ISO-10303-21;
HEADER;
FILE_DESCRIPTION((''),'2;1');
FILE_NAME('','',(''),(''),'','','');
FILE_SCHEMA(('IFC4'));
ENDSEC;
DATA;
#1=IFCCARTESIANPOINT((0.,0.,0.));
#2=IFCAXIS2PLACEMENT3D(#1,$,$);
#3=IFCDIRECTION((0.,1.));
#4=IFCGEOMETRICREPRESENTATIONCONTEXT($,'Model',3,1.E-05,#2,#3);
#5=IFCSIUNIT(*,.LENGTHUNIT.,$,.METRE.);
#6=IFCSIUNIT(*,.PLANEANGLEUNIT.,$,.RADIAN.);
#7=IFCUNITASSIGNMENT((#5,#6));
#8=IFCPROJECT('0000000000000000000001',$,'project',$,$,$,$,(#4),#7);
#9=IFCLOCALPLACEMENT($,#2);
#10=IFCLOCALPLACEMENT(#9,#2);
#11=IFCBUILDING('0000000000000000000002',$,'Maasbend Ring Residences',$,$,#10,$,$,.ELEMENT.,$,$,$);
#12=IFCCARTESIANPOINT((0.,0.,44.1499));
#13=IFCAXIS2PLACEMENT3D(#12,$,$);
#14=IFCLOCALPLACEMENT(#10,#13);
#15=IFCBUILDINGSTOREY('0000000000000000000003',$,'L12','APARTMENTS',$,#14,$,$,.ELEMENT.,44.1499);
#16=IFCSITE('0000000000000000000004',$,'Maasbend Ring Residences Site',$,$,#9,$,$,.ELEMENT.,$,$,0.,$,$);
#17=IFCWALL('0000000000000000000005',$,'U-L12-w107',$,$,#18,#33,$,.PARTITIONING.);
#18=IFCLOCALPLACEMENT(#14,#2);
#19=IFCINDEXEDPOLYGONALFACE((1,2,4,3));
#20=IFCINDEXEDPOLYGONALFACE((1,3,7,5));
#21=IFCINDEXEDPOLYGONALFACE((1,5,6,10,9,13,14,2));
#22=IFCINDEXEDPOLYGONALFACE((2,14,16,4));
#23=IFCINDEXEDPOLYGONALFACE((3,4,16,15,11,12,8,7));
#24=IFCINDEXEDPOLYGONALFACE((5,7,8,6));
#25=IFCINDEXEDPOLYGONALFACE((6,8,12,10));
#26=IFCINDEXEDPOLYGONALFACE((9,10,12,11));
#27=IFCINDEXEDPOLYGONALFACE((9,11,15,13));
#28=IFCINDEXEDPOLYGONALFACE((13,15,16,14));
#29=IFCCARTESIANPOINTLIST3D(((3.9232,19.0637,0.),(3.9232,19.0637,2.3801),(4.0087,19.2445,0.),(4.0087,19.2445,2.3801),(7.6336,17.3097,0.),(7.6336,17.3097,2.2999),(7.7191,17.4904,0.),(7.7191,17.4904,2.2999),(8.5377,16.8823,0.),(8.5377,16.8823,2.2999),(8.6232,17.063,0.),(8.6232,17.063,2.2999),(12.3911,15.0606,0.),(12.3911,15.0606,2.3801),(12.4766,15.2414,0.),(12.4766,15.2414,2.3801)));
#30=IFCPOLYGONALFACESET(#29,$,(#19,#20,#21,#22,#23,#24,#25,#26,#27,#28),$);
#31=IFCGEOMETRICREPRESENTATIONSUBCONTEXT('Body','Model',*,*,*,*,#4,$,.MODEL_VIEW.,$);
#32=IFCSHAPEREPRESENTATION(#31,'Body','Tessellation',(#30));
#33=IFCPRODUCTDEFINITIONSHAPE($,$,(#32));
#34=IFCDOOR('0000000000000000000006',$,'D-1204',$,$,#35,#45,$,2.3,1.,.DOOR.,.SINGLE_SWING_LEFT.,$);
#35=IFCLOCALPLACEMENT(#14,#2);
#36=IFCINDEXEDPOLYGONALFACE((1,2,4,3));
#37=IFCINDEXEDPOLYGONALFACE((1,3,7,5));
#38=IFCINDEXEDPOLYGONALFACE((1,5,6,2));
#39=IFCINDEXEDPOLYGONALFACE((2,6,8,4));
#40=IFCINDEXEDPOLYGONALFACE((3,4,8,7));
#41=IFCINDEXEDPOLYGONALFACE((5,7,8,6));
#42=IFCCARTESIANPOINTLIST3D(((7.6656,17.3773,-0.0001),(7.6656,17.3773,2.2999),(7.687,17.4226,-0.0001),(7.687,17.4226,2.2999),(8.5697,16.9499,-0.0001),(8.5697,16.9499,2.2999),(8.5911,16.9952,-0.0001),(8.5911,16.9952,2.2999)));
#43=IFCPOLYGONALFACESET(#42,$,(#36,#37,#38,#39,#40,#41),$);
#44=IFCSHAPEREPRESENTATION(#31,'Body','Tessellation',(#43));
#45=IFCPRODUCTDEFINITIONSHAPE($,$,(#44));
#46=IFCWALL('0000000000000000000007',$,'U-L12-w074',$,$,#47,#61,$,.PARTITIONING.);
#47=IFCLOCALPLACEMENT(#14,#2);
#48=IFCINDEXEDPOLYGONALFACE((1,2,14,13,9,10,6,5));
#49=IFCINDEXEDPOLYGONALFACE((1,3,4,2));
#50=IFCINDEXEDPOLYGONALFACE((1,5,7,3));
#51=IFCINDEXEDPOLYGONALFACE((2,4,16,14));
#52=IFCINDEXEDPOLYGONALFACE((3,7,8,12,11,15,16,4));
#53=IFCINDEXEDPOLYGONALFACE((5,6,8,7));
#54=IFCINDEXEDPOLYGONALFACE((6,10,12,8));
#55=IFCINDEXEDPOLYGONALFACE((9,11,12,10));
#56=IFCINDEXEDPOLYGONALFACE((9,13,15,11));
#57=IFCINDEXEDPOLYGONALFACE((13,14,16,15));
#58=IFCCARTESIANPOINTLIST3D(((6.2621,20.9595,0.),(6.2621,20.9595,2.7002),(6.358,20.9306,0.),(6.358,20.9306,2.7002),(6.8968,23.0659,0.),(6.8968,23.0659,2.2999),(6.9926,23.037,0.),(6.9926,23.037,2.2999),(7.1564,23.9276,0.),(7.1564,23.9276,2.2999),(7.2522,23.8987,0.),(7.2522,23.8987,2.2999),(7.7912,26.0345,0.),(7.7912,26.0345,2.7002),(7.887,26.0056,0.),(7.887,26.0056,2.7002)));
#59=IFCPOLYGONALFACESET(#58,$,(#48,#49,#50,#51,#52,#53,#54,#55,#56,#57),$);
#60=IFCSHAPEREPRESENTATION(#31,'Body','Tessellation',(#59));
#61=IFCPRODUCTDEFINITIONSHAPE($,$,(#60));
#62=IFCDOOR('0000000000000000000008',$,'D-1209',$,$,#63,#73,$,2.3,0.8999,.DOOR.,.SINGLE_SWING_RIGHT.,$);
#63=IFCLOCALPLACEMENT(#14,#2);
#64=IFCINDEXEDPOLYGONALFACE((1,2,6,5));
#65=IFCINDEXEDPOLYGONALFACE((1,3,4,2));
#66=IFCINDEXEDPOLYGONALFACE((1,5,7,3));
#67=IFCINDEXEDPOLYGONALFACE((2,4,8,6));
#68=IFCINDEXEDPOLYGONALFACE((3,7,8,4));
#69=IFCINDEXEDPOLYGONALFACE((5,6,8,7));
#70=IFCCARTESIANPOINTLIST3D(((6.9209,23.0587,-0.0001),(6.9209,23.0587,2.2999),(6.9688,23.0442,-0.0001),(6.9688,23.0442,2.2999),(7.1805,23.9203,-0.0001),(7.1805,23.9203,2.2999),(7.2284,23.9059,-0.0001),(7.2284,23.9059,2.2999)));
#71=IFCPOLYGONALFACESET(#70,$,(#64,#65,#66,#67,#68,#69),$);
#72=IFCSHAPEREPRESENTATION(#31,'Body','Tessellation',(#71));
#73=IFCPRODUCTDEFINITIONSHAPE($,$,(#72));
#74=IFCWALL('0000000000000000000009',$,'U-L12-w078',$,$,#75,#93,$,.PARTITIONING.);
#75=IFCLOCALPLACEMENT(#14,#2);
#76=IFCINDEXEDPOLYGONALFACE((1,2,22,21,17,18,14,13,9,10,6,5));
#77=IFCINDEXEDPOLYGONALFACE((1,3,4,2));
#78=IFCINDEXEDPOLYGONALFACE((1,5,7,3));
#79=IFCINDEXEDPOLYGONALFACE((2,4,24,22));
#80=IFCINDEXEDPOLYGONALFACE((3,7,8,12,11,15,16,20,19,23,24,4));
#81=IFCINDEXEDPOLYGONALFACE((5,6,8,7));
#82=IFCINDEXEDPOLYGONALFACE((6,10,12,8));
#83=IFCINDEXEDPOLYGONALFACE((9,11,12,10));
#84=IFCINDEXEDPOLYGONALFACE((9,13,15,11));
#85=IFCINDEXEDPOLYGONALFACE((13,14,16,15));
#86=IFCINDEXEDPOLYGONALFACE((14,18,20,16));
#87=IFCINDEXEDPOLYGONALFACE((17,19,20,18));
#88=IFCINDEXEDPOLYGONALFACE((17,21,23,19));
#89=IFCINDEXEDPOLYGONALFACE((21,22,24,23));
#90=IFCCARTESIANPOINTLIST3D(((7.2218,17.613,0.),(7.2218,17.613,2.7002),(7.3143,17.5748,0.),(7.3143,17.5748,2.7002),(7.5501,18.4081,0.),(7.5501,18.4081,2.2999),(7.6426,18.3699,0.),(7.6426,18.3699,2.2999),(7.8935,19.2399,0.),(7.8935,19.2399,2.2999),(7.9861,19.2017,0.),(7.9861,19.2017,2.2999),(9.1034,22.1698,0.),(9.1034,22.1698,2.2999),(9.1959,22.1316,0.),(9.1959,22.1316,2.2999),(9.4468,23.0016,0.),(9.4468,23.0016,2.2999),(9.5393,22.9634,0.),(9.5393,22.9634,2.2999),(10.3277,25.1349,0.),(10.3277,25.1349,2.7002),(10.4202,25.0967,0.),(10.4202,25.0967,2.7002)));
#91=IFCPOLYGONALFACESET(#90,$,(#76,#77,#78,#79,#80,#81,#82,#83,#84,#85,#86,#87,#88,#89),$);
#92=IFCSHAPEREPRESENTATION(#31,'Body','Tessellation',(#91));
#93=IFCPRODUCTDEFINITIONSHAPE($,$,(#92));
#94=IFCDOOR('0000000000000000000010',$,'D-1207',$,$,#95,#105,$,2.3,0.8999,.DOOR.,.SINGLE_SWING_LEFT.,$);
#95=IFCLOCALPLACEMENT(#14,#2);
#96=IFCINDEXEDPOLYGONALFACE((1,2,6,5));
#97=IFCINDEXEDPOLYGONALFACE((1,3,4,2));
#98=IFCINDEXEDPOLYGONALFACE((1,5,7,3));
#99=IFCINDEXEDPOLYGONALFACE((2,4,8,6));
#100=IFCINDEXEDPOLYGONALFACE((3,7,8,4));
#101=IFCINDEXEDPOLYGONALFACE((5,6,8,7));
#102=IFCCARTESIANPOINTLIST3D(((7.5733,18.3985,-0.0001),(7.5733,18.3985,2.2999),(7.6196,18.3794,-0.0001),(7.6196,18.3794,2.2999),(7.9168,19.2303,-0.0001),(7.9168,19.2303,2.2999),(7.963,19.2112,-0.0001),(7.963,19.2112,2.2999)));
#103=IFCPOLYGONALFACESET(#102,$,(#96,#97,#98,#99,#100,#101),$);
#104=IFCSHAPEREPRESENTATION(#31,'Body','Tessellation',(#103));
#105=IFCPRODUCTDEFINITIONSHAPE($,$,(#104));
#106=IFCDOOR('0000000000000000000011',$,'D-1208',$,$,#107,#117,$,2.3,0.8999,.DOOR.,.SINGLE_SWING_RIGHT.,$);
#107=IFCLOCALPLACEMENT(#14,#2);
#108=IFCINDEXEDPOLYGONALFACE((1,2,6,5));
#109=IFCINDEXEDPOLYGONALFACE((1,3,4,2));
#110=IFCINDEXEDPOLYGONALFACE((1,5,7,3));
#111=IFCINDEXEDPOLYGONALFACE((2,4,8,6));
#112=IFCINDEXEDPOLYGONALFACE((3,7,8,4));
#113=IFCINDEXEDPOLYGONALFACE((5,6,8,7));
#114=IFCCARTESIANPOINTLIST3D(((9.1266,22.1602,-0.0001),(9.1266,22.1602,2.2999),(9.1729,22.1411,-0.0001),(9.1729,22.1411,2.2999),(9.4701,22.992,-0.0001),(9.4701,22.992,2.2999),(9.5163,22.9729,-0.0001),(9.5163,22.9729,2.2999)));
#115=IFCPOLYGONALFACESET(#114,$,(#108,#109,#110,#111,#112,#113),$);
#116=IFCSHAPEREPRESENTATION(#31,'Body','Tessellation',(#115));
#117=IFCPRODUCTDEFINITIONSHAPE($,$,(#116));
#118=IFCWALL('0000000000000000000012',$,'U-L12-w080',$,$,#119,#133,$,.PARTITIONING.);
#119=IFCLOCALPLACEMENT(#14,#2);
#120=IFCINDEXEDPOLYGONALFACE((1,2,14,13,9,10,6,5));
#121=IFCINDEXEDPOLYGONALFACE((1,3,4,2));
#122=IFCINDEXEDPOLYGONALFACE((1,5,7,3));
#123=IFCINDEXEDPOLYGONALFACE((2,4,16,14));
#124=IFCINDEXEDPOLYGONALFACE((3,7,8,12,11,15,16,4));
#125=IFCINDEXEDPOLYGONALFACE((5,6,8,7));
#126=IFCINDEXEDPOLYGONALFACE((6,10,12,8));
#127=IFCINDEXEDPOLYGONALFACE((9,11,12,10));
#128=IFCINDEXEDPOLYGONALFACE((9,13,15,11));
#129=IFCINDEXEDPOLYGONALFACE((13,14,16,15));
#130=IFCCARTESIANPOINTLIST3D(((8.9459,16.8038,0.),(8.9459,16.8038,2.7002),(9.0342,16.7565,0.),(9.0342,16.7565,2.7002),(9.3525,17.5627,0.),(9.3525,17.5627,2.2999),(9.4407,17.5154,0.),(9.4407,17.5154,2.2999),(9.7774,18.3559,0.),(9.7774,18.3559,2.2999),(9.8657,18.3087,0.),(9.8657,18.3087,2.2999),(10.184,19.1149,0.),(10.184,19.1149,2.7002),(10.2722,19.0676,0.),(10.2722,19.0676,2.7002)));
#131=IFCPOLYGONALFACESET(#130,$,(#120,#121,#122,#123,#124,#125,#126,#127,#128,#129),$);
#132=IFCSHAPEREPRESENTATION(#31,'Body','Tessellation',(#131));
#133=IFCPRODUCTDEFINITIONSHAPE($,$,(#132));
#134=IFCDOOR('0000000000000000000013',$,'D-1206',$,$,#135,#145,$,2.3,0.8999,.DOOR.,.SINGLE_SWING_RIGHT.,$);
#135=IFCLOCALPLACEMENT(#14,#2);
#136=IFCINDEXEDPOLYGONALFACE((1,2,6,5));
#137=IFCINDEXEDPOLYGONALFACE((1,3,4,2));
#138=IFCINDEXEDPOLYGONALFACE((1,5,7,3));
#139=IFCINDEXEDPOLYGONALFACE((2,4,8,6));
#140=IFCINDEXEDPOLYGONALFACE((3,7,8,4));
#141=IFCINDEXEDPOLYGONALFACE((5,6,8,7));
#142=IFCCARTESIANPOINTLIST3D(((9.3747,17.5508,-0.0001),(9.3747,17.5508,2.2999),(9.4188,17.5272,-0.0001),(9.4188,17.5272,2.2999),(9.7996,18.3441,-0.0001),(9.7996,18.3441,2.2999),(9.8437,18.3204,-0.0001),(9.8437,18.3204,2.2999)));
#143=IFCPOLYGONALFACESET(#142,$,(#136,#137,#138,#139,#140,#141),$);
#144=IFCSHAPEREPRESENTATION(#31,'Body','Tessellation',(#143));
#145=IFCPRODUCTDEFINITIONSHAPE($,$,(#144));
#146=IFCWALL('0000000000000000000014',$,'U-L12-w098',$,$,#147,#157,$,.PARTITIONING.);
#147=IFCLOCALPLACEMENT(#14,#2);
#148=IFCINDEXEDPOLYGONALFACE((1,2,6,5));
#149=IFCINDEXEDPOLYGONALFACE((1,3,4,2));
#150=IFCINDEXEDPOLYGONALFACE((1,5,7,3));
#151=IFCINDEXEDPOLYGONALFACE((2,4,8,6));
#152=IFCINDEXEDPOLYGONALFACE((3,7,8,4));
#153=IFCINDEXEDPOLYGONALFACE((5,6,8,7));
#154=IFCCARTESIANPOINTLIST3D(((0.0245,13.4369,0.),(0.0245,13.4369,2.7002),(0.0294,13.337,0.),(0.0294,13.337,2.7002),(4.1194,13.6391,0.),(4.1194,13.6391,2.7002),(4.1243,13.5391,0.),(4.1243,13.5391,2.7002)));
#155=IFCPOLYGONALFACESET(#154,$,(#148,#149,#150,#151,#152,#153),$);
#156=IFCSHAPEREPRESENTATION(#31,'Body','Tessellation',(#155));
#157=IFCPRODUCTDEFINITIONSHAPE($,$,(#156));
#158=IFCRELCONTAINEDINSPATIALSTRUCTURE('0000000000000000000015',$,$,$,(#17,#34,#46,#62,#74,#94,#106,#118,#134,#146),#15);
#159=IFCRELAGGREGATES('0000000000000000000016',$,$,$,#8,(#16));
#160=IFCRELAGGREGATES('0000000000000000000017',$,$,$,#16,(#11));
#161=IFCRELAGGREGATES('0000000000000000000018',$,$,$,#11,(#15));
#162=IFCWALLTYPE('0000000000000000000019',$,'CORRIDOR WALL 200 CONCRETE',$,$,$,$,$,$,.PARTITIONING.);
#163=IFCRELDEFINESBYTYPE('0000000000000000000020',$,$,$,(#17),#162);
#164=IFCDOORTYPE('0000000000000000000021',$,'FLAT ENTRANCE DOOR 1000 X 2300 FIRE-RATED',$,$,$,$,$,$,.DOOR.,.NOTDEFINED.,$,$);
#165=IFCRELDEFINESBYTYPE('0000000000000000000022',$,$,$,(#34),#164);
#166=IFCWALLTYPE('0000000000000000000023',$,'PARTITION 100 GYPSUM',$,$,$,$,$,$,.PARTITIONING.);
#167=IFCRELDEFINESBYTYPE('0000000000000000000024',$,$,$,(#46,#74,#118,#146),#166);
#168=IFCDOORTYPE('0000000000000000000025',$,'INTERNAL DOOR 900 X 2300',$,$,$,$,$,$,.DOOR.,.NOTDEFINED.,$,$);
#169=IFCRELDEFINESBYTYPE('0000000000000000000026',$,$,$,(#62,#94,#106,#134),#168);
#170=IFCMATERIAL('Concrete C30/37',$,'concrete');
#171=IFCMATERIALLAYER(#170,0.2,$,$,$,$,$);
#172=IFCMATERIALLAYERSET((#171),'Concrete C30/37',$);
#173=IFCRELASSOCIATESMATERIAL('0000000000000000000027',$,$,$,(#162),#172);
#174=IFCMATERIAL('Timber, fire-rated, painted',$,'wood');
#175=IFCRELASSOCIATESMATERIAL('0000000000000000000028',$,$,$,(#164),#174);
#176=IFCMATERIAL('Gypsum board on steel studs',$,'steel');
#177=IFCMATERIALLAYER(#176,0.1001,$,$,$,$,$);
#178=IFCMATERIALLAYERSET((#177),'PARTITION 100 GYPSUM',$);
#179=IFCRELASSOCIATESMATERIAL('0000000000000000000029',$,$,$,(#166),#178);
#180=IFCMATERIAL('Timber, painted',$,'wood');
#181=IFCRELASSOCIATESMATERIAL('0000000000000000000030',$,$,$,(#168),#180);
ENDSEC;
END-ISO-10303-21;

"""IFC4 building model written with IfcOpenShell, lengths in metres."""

from ifc_helpers import new_model, si_unit, direction, frame, frame_2d, origin, place, context, subcontext, project, spatial, rectangle, extrude, material, layer, layer_set, type_object, element, fill, save


model = new_model("IFC4")

# Units and contexts
model_context = context("Model", 3, precision=1e-05, world=origin(), true_north=direction((0.0, 1.0)))
body_context = subcontext(model_context, "Body", "Model", "MODEL_VIEW")
ifc_project = project(units=[si_unit("LENGTHUNIT", "METRE"), si_unit("PLANEANGLEUNIT", "RADIAN")], contexts=[model_context])

# Site, building, storey
site_placement = place(None, origin())
site = spatial("IfcSite", under=ifc_project, at=site_placement, Name="Maasbend Ring Residences Site", CompositionType="ELEMENT", RefElevation=0.0)
building_placement = place(site_placement, origin())
building = spatial("IfcBuilding", under=site, at=building_placement, Name="Maasbend Ring Residences", CompositionType="ELEMENT")
storey_placement = place(building_placement, frame((0.0, 0.0, 44.1499)))
storey = spatial("IfcBuildingStorey", under=building, at=storey_placement, Name="L12", Description="APARTMENTS", CompositionType="ELEMENT", Elevation=44.1499)

# Walls, openings, doors
ifc_material_1 = material(Name="Concrete C30/37", Category="concrete")
ifc_layer_1 = layer(ifc_material_1, 0.2)
ifc_layer_set_1 = layer_set([ifc_layer_1], Name="Concrete C30/37")
wall_type_1 = type_object("IfcWallType", Name="CORRIDOR WALL 200 CONCRETE", PredefinedType="PARTITIONING", material=ifc_layer_set_1)
ifc_material_2 = material(Name="Timber, fire-rated, painted", Category="wood")
door_type_1 = type_object("IfcDoorType", Name="FLAT ENTRANCE DOOR 1000 X 2300 FIRE-RATED", OperationType="NOTDEFINED", PredefinedType="DOOR", material=ifc_material_2)
wall_1_placement = place(storey_placement, frame((3.9661, 19.1541, 0.0), z_axis=(0.0, 0.0, 1.0), x_axis=(0.904068, -0.427389, 0.0)))
wall_1 = element("IfcWall", 1, at=wall_1_placement, inside=storey, type_object=wall_type_1, Name="U-L12-w107", PredefinedType="PARTITIONING", context=body_context, shape_type="SweptSolid", body=[
    extrude(rectangle(XDim=9.3665, YDim=0.2, at=frame_2d((4.6831, 0.0))), origin(), (0.0, 0.0, 1.0), 2.3801),
])
opening_1_placement = place(wall_1_placement, frame((4.104, 0.0, 0.0)))
opening_1 = element("IfcOpeningElement", 2, at=opening_1_placement, cuts=wall_1, PredefinedType="OPENING", context=body_context, shape_type="SweptSolid", body=[
    extrude(rectangle(XDim=1.0, YDim=2.3, at=frame_2d((0.5, 1.1499))), frame((0.0, 0.1099, 0.0), z_axis=(0.0, -1.0, 0.0), x_axis=(1.0, 0.0, 0.0)), (0.0, 0.0, 1.0), 0.22),
])
door_1_placement = place(opening_1_placement, origin())
door_1 = element("IfcDoor", 3, at=door_1_placement, inside=storey, type_object=door_type_1, Name="D-1204", OperationType="SINGLE_SWING_LEFT", OverallHeight=2.3, OverallWidth=1.0, PredefinedType="DOOR", context=body_context, shape_type="SweptSolid", body=[
    extrude(rectangle(XDim=1.0, YDim=2.3, at=frame_2d((0.5, 1.1499))), frame((0.0, 0.0249, 0.0), z_axis=(0.0, -1.0, 0.0), x_axis=(1.0, 0.0, 0.0)), (0.0, 0.0, 1.0), 0.05),
])
fill(opening_1, door_1)
ifc_material_3 = material(Name="Gypsum board on steel studs", Category="steel")
ifc_layer_2 = layer(ifc_material_3, 0.1001)
ifc_layer_set_2 = layer_set([ifc_layer_2], Name="PARTITION 100 GYPSUM")
wall_type_2 = type_object("IfcWallType", Name="PARTITION 100 GYPSUM", PredefinedType="PARTITIONING", material=ifc_layer_set_2)
wall_2_placement = place(storey_placement, frame((6.3101, 20.9451, 0.0), z_axis=(0.0, 0.0, 1.0), x_axis=(0.288484, 0.957485, 0.0)))
wall_2 = element("IfcWall", 4, at=wall_2_placement, inside=storey, type_object=wall_type_2, Name="U-L12-w074", PredefinedType="PARTITIONING", context=body_context, shape_type="SweptSolid", body=[
    extrude(rectangle(XDim=5.3003, YDim=0.1001, at=frame_2d((2.6501, 0.0))), origin(), (0.0, 0.0, 1.0), 2.7002),
])
opening_2_placement = place(wall_2_placement, frame((2.2, 0.0, 0.0)))
opening_2 = element("IfcOpeningElement", 5, at=opening_2_placement, cuts=wall_2, PredefinedType="OPENING", context=body_context, shape_type="SweptSolid", body=[
    extrude(rectangle(XDim=0.8999, YDim=2.3, at=frame_2d((0.45, 1.1499))), frame((0.0, 0.0601, 0.0), z_axis=(0.0, -1.0, 0.0), x_axis=(1.0, 0.0, 0.0)), (0.0, 0.0, 1.0), 0.1201),
])
ifc_material_4 = material(Name="Timber, painted", Category="wood")
door_type_2 = type_object("IfcDoorType", Name="INTERNAL DOOR 900 X 2300", OperationType="NOTDEFINED", PredefinedType="DOOR", material=ifc_material_4)
door_2_placement = place(opening_2_placement, origin())
door_2 = element("IfcDoor", 6, at=door_2_placement, inside=storey, type_object=door_type_2, Name="D-1209", OperationType="SINGLE_SWING_RIGHT", OverallHeight=2.3, OverallWidth=0.8999, PredefinedType="DOOR", context=body_context, shape_type="SweptSolid", body=[
    extrude(rectangle(XDim=0.8999, YDim=2.3, at=frame_2d((0.45, 1.1499))), frame((0.0, 0.0249, 0.0), z_axis=(0.0, -1.0, 0.0), x_axis=(1.0, 0.0, 0.0)), (0.0, 0.0, 1.0), 0.05),
])
fill(opening_2, door_2)

# Wall, openings, doors
wall_3_placement = place(storey_placement, frame((7.2681, 17.594, 0.0), z_axis=(0.0, 0.0, 1.0), x_axis=(0.381661, 0.924302, 0.0)))
wall_3 = element("IfcWall", 7, at=wall_3_placement, inside=storey, type_object=wall_type_2, Name="U-L12-w078", PredefinedType="PARTITIONING", context=body_context, shape_type="SweptSolid", body=[
    extrude(rectangle(XDim=8.1379, YDim=0.1001, at=frame_2d((4.0688, 0.0))), origin(), (0.0, 0.0, 1.0), 2.7002),
])
opening_3_placement = place(wall_3_placement, frame((0.8601, 0.0, 0.0)))
opening_3 = element("IfcOpeningElement", 8, at=opening_3_placement, cuts=wall_3, PredefinedType="OPENING", context=body_context, shape_type="SweptSolid", body=[
    extrude(rectangle(XDim=0.8999, YDim=2.3, at=frame_2d((0.45, 1.1499))), frame((0.0, 0.0601, 0.0), z_axis=(0.0, -1.0, 0.0), x_axis=(1.0, 0.0, 0.0)), (0.0, 0.0, 1.0), 0.1201),
])
opening_4_placement = place(wall_3_placement, frame((4.9299, 0.0, 0.0)))
opening_4 = element("IfcOpeningElement", 9, at=opening_4_placement, cuts=wall_3, PredefinedType="OPENING", context=body_context, shape_type="SweptSolid", body=[
    extrude(rectangle(XDim=0.8999, YDim=2.3, at=frame_2d((0.45, 1.1499))), frame((0.0, 0.0601, 0.0), z_axis=(0.0, -1.0, 0.0), x_axis=(1.0, 0.0, 0.0)), (0.0, 0.0, 1.0), 0.1201),
])
door_3_placement = place(opening_3_placement, origin())
door_3 = element("IfcDoor", 10, at=door_3_placement, inside=storey, type_object=door_type_2, Name="D-1207", OperationType="SINGLE_SWING_LEFT", OverallHeight=2.3, OverallWidth=0.8999, PredefinedType="DOOR", context=body_context, shape_type="SweptSolid", body=[
    extrude(rectangle(XDim=0.8999, YDim=2.3, at=frame_2d((0.45, 1.1499))), frame((0.0, 0.0249, 0.0), z_axis=(0.0, -1.0, 0.0), x_axis=(1.0, 0.0, 0.0)), (0.0, 0.0, 1.0), 0.05),
])
fill(opening_3, door_3)
door_4_placement = place(opening_4_placement, origin())
door_4 = element("IfcDoor", 11, at=door_4_placement, inside=storey, type_object=door_type_2, Name="D-1208", OperationType="SINGLE_SWING_RIGHT", OverallHeight=2.3, OverallWidth=0.8999, PredefinedType="DOOR", context=body_context, shape_type="SweptSolid", body=[
    extrude(rectangle(XDim=0.8999, YDim=2.3, at=frame_2d((0.45, 1.1499))), frame((0.0, 0.0249, 0.0), z_axis=(0.0, -1.0, 0.0), x_axis=(1.0, 0.0, 0.0)), (0.0, 0.0, 1.0), 0.05),
])
fill(opening_4, door_4)

# Wall, opening, door
wall_4_placement = place(storey_placement, frame((8.99, 16.78, 0.0), z_axis=(0.0, 0.0, 1.0), x_axis=(0.472216, 0.881483, 0.0)))
wall_4 = element("IfcWall", 12, at=wall_4_placement, inside=storey, type_object=wall_type_2, Name="U-L12-w080", PredefinedType="PARTITIONING", context=body_context, shape_type="SweptSolid", body=[
    extrude(rectangle(XDim=2.6218, YDim=0.1001, at=frame_2d((1.311, 0.0))), origin(), (0.0, 0.0, 1.0), 2.7002),
])
opening_5_placement = place(wall_4_placement, frame((0.8611, 0.0, 0.0)))
opening_5 = element("IfcOpeningElement", 13, at=opening_5_placement, cuts=wall_4, PredefinedType="OPENING", context=body_context, shape_type="SweptSolid", body=[
    extrude(rectangle(XDim=0.8999, YDim=2.3, at=frame_2d((0.45, 1.1499))), frame((0.0, 0.0601, 0.0), z_axis=(0.0, -1.0, 0.0), x_axis=(1.0, 0.0, 0.0)), (0.0, 0.0, 1.0), 0.1201),
])
door_5_placement = place(opening_5_placement, origin())
door_5 = element("IfcDoor", 14, at=door_5_placement, inside=storey, type_object=door_type_2, Name="D-1206", OperationType="SINGLE_SWING_RIGHT", OverallHeight=2.3, OverallWidth=0.8999, PredefinedType="DOOR", context=body_context, shape_type="SweptSolid", body=[
    extrude(rectangle(XDim=0.8999, YDim=2.3, at=frame_2d((0.45, 1.1499))), frame((0.0, 0.0249, 0.0), z_axis=(0.0, -1.0, 0.0), x_axis=(1.0, 0.0, 0.0)), (0.0, 0.0, 1.0), 0.05),
])
fill(opening_5, door_5)

# Wall
wall_5_placement = place(storey_placement, frame((0.0271, 13.387, 0.0), z_axis=(0.0, 0.0, 1.0), x_axis=(0.998784, 0.049305, 0.0)))
element("IfcWall", 15, at=wall_5_placement, inside=storey, type_object=wall_type_2, Name="U-L12-w098", PredefinedType="PARTITIONING", context=body_context, shape_type="SweptSolid", body=[
    extrude(rectangle(XDim=4.0999, YDim=0.1001, at=frame_2d((2.0498, 0.0))), origin(), (0.0, 0.0, 1.0), 2.7002),
])

save(model, "model.ifc")
